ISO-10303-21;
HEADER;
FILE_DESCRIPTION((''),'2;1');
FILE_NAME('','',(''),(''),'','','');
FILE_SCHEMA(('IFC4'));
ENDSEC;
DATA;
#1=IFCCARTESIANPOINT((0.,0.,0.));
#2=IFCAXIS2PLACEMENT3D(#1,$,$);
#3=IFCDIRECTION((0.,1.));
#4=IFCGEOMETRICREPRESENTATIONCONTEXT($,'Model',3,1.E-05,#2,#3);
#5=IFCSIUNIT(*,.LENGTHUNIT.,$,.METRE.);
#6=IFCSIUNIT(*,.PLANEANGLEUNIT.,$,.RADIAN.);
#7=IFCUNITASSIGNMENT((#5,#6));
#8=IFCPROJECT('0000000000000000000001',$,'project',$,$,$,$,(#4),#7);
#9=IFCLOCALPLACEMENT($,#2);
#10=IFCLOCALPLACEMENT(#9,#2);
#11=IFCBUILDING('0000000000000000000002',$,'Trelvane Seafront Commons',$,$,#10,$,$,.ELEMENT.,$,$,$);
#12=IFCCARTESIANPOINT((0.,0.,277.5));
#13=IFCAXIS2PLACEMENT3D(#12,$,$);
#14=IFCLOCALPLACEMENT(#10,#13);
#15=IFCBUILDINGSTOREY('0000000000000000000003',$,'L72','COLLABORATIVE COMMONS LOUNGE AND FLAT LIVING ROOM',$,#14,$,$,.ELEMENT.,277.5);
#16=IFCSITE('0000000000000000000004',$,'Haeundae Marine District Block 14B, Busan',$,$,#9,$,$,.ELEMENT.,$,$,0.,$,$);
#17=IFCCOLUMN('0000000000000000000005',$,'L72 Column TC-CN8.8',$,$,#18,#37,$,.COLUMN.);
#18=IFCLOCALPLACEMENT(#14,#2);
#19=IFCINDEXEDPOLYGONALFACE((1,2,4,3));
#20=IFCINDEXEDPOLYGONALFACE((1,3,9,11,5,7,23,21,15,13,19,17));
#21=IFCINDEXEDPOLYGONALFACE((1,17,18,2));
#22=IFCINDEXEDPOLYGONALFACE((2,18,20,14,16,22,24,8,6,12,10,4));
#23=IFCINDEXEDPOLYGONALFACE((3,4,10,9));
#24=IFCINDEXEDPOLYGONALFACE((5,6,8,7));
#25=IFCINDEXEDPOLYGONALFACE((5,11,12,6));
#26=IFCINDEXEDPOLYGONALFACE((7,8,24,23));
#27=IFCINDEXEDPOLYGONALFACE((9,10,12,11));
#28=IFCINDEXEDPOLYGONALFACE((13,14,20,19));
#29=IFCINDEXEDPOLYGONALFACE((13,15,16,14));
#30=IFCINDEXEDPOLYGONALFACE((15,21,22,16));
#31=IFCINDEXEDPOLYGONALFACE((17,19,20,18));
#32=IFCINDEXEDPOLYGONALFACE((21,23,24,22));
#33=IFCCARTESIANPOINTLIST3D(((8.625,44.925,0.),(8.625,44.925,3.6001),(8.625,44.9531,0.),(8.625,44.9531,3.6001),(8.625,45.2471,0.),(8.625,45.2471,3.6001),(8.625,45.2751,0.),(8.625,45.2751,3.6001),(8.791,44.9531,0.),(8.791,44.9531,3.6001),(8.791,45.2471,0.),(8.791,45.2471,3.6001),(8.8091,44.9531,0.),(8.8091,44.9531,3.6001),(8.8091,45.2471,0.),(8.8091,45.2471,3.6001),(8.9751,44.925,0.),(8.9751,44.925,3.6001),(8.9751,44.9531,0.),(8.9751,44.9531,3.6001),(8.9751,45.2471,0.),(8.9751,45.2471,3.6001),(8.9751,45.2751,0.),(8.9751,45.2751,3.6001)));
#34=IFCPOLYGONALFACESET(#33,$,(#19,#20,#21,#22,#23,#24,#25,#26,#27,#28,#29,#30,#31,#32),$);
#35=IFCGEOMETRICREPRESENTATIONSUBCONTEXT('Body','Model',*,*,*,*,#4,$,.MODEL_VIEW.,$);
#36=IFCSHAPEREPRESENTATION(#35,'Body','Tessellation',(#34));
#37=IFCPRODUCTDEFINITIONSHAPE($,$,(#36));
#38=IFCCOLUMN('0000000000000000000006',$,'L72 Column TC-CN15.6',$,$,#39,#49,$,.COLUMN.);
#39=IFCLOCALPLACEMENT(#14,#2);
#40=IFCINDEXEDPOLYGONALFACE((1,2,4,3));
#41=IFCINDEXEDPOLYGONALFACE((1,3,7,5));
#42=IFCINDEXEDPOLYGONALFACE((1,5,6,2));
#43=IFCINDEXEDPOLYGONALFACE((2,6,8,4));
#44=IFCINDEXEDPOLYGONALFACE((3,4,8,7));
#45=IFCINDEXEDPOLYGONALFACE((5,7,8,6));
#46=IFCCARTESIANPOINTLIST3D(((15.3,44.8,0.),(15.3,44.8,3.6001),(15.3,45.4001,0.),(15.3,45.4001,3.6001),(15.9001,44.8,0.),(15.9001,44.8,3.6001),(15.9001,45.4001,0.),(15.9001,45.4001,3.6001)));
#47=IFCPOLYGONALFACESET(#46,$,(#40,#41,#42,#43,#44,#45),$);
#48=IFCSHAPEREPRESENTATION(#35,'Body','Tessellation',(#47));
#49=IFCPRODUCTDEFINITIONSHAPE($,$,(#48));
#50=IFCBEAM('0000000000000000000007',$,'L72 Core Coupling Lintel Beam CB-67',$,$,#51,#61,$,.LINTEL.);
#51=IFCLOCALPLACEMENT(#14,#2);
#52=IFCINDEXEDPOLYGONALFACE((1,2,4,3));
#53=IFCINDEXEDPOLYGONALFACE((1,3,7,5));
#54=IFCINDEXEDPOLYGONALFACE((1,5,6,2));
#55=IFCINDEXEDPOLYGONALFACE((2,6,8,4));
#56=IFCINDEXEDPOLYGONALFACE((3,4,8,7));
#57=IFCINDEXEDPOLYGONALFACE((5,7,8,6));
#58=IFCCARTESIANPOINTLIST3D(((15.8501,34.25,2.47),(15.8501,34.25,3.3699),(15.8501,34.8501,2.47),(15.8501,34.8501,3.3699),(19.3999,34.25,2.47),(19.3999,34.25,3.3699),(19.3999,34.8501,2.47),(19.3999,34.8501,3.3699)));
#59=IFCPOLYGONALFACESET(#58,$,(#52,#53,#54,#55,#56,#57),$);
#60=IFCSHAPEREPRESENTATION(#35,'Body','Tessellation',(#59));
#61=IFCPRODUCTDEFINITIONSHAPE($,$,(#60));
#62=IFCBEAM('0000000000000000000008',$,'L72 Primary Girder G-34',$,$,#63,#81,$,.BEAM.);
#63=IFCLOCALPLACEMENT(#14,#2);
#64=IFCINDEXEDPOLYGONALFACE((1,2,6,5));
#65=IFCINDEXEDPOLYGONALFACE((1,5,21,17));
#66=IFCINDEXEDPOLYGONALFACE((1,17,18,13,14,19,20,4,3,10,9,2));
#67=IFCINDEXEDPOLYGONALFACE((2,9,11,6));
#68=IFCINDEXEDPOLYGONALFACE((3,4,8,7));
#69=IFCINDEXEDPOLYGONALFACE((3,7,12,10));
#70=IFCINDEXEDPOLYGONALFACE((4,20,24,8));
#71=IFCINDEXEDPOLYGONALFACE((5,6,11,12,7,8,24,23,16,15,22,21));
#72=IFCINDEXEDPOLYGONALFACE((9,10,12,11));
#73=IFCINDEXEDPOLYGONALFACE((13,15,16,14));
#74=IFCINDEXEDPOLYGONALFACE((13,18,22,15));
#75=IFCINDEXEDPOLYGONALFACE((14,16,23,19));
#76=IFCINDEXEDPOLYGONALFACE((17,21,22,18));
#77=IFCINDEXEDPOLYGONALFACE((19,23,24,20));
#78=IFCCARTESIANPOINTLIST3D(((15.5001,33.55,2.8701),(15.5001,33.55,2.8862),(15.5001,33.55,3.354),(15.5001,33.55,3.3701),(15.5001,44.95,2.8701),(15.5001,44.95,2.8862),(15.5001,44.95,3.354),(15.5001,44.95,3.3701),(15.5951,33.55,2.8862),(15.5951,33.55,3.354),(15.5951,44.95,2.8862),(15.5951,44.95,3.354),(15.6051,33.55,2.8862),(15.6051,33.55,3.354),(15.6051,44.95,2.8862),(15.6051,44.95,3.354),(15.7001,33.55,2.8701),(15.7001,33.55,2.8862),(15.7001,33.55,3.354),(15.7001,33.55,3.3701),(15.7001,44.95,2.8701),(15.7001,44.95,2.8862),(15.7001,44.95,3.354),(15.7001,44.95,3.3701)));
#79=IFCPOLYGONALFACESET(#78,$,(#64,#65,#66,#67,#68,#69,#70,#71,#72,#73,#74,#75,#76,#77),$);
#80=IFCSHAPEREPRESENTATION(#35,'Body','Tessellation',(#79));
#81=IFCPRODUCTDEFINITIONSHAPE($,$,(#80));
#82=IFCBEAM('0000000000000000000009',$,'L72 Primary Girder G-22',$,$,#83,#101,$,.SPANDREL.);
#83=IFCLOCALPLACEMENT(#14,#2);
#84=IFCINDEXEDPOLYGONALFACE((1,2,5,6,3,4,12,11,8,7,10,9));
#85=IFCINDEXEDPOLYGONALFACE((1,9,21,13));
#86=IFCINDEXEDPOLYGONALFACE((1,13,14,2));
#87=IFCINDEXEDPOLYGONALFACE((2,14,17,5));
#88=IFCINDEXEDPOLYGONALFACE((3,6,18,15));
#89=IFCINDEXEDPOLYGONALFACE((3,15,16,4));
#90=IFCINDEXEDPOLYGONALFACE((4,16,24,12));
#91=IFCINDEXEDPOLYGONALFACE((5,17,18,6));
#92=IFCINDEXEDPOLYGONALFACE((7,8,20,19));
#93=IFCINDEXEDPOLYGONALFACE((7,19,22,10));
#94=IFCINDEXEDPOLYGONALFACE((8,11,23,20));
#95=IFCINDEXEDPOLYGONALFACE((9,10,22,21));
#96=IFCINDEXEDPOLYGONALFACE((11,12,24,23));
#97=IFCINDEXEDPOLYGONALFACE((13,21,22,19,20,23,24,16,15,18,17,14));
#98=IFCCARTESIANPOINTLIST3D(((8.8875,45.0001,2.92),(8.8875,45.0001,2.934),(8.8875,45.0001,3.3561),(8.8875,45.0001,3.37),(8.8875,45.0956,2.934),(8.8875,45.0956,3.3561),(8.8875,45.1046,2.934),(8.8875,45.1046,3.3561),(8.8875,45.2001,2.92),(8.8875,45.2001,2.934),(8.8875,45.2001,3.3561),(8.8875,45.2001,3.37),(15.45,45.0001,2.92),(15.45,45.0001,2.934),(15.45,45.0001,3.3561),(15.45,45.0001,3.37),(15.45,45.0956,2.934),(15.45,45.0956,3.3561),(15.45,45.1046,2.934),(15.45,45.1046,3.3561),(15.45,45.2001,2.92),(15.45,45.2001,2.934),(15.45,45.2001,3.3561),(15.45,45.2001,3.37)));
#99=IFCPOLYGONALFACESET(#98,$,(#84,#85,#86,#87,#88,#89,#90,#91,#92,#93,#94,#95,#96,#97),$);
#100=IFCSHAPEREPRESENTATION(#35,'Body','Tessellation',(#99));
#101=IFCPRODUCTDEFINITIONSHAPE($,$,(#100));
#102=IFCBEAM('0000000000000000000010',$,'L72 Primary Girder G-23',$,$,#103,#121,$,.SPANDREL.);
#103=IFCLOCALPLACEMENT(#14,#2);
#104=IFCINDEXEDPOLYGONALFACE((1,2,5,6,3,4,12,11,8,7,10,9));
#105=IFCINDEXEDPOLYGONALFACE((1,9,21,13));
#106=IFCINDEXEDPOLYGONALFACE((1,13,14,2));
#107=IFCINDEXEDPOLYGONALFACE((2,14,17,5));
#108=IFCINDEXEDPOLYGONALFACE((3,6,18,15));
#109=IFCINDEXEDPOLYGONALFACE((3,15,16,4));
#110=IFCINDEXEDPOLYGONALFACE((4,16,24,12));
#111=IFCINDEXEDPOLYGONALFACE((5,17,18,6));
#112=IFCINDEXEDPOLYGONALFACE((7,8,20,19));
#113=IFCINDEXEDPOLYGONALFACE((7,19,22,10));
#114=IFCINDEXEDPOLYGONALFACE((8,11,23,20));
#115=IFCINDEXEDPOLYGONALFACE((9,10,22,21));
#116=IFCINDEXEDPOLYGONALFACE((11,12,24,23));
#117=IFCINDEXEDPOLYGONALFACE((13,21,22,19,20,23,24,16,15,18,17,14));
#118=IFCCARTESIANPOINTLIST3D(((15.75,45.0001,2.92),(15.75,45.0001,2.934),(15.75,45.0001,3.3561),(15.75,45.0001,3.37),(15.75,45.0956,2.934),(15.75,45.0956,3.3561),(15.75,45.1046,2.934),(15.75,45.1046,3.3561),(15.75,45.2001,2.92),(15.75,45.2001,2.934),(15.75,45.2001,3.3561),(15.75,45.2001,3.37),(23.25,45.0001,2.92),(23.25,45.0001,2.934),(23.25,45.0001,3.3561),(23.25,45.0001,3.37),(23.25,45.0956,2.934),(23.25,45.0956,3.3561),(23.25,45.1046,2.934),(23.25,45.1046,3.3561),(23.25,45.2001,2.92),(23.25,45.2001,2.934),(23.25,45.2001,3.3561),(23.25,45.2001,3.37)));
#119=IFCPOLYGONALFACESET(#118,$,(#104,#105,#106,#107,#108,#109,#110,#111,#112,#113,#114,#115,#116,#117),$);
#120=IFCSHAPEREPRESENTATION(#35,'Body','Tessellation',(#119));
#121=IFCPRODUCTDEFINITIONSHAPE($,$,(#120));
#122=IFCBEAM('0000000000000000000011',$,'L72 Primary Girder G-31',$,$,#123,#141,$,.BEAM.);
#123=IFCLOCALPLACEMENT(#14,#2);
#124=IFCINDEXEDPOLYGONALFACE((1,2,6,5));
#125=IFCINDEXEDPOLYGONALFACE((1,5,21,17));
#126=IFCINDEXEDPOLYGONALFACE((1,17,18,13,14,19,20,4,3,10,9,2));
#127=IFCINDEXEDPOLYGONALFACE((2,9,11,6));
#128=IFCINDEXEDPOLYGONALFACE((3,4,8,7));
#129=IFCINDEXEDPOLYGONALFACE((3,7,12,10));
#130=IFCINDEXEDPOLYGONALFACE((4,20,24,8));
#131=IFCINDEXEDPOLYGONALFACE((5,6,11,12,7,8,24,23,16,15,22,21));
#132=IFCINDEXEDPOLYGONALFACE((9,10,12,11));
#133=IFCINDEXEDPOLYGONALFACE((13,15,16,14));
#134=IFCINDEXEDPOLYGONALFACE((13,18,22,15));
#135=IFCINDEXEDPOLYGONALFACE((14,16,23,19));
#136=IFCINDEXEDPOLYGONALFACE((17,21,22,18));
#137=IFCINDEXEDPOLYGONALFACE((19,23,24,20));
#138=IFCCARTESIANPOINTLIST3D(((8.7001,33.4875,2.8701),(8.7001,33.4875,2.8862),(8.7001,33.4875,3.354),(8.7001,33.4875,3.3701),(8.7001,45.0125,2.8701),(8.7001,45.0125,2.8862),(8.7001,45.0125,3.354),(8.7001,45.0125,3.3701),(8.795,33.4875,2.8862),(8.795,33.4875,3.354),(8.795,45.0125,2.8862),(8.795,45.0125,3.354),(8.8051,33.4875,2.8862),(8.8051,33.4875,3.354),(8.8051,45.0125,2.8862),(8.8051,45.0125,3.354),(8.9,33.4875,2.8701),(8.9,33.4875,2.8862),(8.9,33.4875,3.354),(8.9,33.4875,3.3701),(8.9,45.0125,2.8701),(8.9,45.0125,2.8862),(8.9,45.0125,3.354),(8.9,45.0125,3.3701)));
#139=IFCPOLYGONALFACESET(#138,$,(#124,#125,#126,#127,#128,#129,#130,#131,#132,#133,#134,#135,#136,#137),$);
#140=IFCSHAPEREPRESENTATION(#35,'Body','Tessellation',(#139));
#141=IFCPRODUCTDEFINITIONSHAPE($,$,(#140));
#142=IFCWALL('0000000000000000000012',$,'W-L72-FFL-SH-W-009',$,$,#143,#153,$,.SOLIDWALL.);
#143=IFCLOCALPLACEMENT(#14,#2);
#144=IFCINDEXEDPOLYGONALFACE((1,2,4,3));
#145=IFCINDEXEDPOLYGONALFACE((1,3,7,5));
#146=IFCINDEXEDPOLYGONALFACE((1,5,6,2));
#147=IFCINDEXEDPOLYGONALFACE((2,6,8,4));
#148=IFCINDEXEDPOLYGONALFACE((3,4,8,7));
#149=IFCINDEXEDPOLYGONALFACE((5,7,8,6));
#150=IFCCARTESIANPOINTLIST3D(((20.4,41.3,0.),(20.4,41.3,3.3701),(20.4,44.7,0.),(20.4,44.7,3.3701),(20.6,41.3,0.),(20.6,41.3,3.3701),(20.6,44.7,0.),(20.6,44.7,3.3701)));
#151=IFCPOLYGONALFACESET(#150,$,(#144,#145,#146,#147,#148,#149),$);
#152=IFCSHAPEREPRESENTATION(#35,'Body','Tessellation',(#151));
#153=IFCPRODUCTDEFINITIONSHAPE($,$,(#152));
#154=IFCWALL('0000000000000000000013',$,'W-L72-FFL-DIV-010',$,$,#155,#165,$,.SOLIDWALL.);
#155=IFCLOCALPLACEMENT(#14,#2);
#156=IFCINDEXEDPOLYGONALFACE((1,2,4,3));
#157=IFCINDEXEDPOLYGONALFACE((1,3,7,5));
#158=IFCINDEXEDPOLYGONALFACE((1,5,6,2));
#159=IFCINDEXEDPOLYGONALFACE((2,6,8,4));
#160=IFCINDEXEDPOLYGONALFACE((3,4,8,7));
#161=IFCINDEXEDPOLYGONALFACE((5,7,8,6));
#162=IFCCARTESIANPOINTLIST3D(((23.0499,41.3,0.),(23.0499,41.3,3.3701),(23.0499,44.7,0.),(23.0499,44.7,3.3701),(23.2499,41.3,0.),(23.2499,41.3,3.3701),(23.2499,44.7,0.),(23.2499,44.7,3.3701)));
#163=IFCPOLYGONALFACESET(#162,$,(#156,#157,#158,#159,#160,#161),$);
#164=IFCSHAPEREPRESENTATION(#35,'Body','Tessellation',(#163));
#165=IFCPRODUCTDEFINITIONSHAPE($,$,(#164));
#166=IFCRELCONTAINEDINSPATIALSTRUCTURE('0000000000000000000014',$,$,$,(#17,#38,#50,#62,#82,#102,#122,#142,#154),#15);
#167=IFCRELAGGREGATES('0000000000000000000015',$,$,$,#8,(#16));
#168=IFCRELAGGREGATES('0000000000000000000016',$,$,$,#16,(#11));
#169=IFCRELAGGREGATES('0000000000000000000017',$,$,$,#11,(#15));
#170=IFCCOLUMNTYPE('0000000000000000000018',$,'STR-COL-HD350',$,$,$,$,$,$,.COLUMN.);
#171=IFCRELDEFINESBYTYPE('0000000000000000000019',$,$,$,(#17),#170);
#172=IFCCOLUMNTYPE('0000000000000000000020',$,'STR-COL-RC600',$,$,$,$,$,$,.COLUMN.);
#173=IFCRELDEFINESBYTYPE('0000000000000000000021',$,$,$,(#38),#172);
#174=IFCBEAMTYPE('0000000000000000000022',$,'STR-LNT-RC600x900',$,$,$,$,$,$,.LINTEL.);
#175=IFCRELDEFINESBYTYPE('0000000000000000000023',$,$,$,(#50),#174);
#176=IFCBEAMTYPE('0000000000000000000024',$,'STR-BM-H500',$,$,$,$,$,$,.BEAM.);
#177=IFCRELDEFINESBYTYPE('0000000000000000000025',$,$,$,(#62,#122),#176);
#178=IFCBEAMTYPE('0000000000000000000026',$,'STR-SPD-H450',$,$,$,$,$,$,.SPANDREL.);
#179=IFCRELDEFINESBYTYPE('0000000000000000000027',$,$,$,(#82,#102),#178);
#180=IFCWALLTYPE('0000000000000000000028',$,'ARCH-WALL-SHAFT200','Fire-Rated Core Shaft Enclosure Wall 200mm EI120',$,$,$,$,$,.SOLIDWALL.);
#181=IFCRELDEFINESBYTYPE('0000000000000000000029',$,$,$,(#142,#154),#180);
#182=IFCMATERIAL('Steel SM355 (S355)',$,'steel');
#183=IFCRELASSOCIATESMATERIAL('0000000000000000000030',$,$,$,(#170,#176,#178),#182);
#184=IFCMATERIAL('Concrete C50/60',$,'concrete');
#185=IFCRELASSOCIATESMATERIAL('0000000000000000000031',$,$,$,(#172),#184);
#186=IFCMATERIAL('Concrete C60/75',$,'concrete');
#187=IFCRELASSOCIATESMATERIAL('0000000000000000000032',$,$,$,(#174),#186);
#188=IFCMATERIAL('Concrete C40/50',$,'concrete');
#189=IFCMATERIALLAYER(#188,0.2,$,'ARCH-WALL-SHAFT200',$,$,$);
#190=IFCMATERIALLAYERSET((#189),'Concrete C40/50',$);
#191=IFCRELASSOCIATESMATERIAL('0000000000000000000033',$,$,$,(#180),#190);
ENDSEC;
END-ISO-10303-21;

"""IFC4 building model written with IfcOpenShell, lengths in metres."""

from ifc_helpers import new_model, si_unit, direction, frame, frame_2d, origin, origin_2d, place, context, subcontext, project, spatial, rectangle, i_section, extrude, source, transform, mapped, material, layer, layer_set, material_profile, profile_set, type_object, element, save


model = new_model("IFC4")

# Units and contexts
model_context = context("Model", 3, precision=1e-05, world=origin(), true_north=direction((0.0, 1.0)))
body_context = subcontext(model_context, "Body", "Model", "MODEL_VIEW")
ifc_project = project(units=[si_unit("LENGTHUNIT", "METRE"), si_unit("PLANEANGLEUNIT", "RADIAN")], contexts=[model_context])

# Site, building, storey
site_placement = place(None, origin())
site = spatial("IfcSite", under=ifc_project, at=site_placement, Name="Haeundae Marine District Block 14B, Busan", CompositionType="ELEMENT", RefElevation=0.0)
building_placement = place(site_placement, origin())
building = spatial("IfcBuilding", under=site, at=building_placement, Name="Trelvane Seafront Commons", CompositionType="ELEMENT")
storey_placement = place(building_placement, frame((0.0, 0.0, 277.5)))
storey = spatial("IfcBuildingStorey", under=building, at=storey_placement, Name="L72", Description="COLLABORATIVE COMMONS LOUNGE AND FLAT LIVING ROOM", CompositionType="ELEMENT", Elevation=277.5)

# Columns
ifc_material_1 = material(Name="Steel SM355 (S355)", Category="steel")
ifc_material_profile_1 = material_profile(ifc_material_1, i_section(OverallWidth=0.3501, OverallDepth=0.3501, WebThickness=0.0181, FlangeThickness=0.0281, at=origin_2d()), Name="HD-350x350x18x28")
ifc_profile_set_1 = profile_set([ifc_material_profile_1], Name="Steel SM355 (S355)")
column_type_1 = type_object("IfcColumnType", Name="STR-COL-HD350", PredefinedType="COLUMN", material=ifc_profile_set_1)
shared_shape_1 = source(origin(), body_context, "Body", "SweptSolid", [
    extrude(i_section(OverallWidth=0.3501, OverallDepth=0.3501, WebThickness=0.0181, FlangeThickness=0.0281, at=origin_2d()), origin(), (0.0, 0.0, 1.0), 3.6001),
])
column_1_placement = place(storey_placement, frame((8.8, 45.1001, 0.0), z_axis=(0.0, 0.0, 1.0), x_axis=(1.0, 0.0, 0.0)))
element("IfcColumn", 1, at=column_1_placement, inside=storey, type_object=column_type_1, Name="L72 Column TC-CN8.8", PredefinedType="COLUMN", context=body_context, shape_type="MappedRepresentation", body=[
    mapped(shared_shape_1, transform((0.0, 0.0, 0.0), x_axis=(1.0, 0.0, 0.0), y_axis=(0.0, 1.0, 0.0), z_axis=(0.0, 0.0, 1.0), scale=1.0)),
])
ifc_material_2 = material(Name="Concrete C50/60", Category="concrete")
ifc_material_profile_2 = material_profile(ifc_material_2, rectangle(XDim=0.6001, YDim=0.6001, at=origin_2d()), Name="RC-600x600")
ifc_profile_set_2 = profile_set([ifc_material_profile_2], Name="Concrete C50/60")
column_type_2 = type_object("IfcColumnType", Name="STR-COL-RC600", PredefinedType="COLUMN", material=ifc_profile_set_2)
shared_shape_2 = source(origin(), body_context, "Body", "SweptSolid", [
    extrude(rectangle(XDim=0.6001, YDim=0.6001, at=origin_2d()), origin(), (0.0, 0.0, 1.0), 3.6001),
])
column_2_placement = place(storey_placement, frame((15.6001, 45.1001, 0.0), z_axis=(0.0, 0.0, 1.0), x_axis=(1.0, 0.0, 0.0)))
element("IfcColumn", 2, at=column_2_placement, inside=storey, type_object=column_type_2, Name="L72 Column TC-CN15.6", PredefinedType="COLUMN", context=body_context, shape_type="MappedRepresentation", body=[
    mapped(shared_shape_2, transform((0.0, 0.0, 0.0), x_axis=(1.0, 0.0, 0.0), y_axis=(0.0, 1.0, 0.0), z_axis=(0.0, 0.0, 1.0), scale=1.0)),
])

# Beams
ifc_material_3 = material(Name="Concrete C60/75", Category="concrete")
ifc_material_profile_3 = material_profile(ifc_material_3, rectangle(XDim=0.6001, YDim=0.8999, at=origin_2d()), Name="RC-600x900")
ifc_profile_set_3 = profile_set([ifc_material_profile_3], Name="Concrete C60/75")
beam_type_1 = type_object("IfcBeamType", Name="STR-LNT-RC600x900", PredefinedType="LINTEL", material=ifc_profile_set_3)
shared_shape_3 = source(origin(), body_context, "Body", "SweptSolid", [
    extrude(rectangle(XDim=0.6001, YDim=0.8999, at=origin_2d()), origin(), (0.0, 0.0, 1.0), 3.5498),
])
beam_1_placement = place(storey_placement, frame((15.8501, 34.55, 2.9199), z_axis=(1.0, 0.0, 0.0), x_axis=(0.0, 1.0, 0.0)))
element("IfcBeam", 3, at=beam_1_placement, inside=storey, type_object=beam_type_1, Name="L72 Core Coupling Lintel Beam CB-67", PredefinedType="LINTEL", context=body_context, shape_type="MappedRepresentation", body=[
    mapped(shared_shape_3, transform((0.0, 0.0, 0.0), x_axis=(1.0, 0.0, 0.0), y_axis=(0.0, 1.0, 0.0), z_axis=(0.0, 0.0, 1.0), scale=1.0)),
])
ifc_material_profile_4 = material_profile(ifc_material_1, i_section(OverallWidth=0.2, OverallDepth=0.5, WebThickness=0.01, FlangeThickness=0.0161, at=origin_2d()), Name="H-500x200x10x16")
ifc_profile_set_4 = profile_set([ifc_material_profile_4], Name="Steel SM355 (S355)")
beam_type_2 = type_object("IfcBeamType", Name="STR-BM-H500", PredefinedType="BEAM", material=ifc_profile_set_4)
shared_shape_4 = source(origin(), body_context, "Body", "SweptSolid", [
    extrude(i_section(OverallWidth=0.2, OverallDepth=0.5, WebThickness=0.01, FlangeThickness=0.0161, at=origin_2d()), origin(), (0.0, 0.0, 1.0), 11.3999),
])
beam_2_placement = place(storey_placement, frame((15.6001, 33.55, 3.1201), z_axis=(0.0, 1.0, 0.0), x_axis=(-1.0, 0.0, 0.0)))
element("IfcBeam", 4, at=beam_2_placement, inside=storey, type_object=beam_type_2, Name="L72 Primary Girder G-34", PredefinedType="BEAM", context=body_context, shape_type="MappedRepresentation", body=[
    mapped(shared_shape_4, transform((0.0, 0.0, 0.0), x_axis=(1.0, 0.0, 0.0), y_axis=(0.0, 1.0, 0.0), z_axis=(0.0, 0.0, 1.0), scale=1.0)),
])
ifc_material_profile_5 = material_profile(ifc_material_1, i_section(OverallWidth=0.2, OverallDepth=0.45, WebThickness=0.009, FlangeThickness=0.0139, at=origin_2d()), Name="H-450x200x9x14")
ifc_profile_set_5 = profile_set([ifc_material_profile_5], Name="Steel SM355 (S355)")
beam_type_3 = type_object("IfcBeamType", Name="STR-SPD-H450", PredefinedType="SPANDREL", material=ifc_profile_set_5)
shared_shape_5 = source(origin(), body_context, "Body", "SweptSolid", [
    extrude(i_section(OverallWidth=0.2, OverallDepth=0.45, WebThickness=0.009, FlangeThickness=0.0139, at=origin_2d()), origin(), (0.0, 0.0, 1.0), 6.5625),
])
beam_3_placement = place(storey_placement, frame((8.8875, 45.1001, 3.145), z_axis=(1.0, 0.0, 0.0), x_axis=(0.0, 1.0, 0.0)))
element("IfcBeam", 5, at=beam_3_placement, inside=storey, type_object=beam_type_3, Name="L72 Primary Girder G-22", PredefinedType="SPANDREL", context=body_context, shape_type="MappedRepresentation", body=[
    mapped(shared_shape_5, transform((0.0, 0.0, 0.0), x_axis=(1.0, 0.0, 0.0), y_axis=(0.0, 1.0, 0.0), z_axis=(0.0, 0.0, 1.0), scale=1.0)),
])
shared_shape_6 = source(origin(), body_context, "Body", "SweptSolid", [
    extrude(i_section(OverallWidth=0.2, OverallDepth=0.45, WebThickness=0.009, FlangeThickness=0.0139, at=origin_2d()), origin(), (0.0, 0.0, 1.0), 7.5),
])
beam_4_placement = place(storey_placement, frame((15.75, 45.1001, 3.145), z_axis=(1.0, 0.0, 0.0), x_axis=(0.0, 1.0, 0.0)))
element("IfcBeam", 6, at=beam_4_placement, inside=storey, type_object=beam_type_3, Name="L72 Primary Girder G-23", PredefinedType="SPANDREL", context=body_context, shape_type="MappedRepresentation", body=[
    mapped(shared_shape_6, transform((0.0, 0.0, 0.0), x_axis=(1.0, 0.0, 0.0), y_axis=(0.0, 1.0, 0.0), z_axis=(0.0, 0.0, 1.0), scale=1.0)),
])
shared_shape_7 = source(origin(), body_context, "Body", "SweptSolid", [
    extrude(i_section(OverallWidth=0.2, OverallDepth=0.5, WebThickness=0.01, FlangeThickness=0.0161, at=origin_2d()), origin(), (0.0, 0.0, 1.0), 11.5249),
])
beam_5_placement = place(storey_placement, frame((8.8, 33.4875, 3.1201), z_axis=(0.0, 1.0, 0.0), x_axis=(-1.0, 0.0, 0.0)))
element("IfcBeam", 7, at=beam_5_placement, inside=storey, type_object=beam_type_2, Name="L72 Primary Girder G-31", PredefinedType="BEAM", context=body_context, shape_type="MappedRepresentation", body=[
    mapped(shared_shape_7, transform((0.0, 0.0, 0.0), x_axis=(1.0, 0.0, 0.0), y_axis=(0.0, 1.0, 0.0), z_axis=(0.0, 0.0, 1.0), scale=1.0)),
])

# Shared definitions
ifc_material_4 = material(Name="Concrete C40/50", Category="concrete")
ifc_layer_1 = layer(ifc_material_4, 0.2, Name="ARCH-WALL-SHAFT200")
ifc_layer_set_1 = layer_set([ifc_layer_1], Name="Concrete C40/50")
wall_type_1 = type_object("IfcWallType", Name="ARCH-WALL-SHAFT200", Description="Fire-Rated Core Shaft Enclosure Wall 200mm EI120", PredefinedType="SOLIDWALL", material=ifc_layer_set_1)

# Walls
for number, where, z_axis, x_axis, name in (
    (8, (20.5, 41.3, 0.0), (0.0, 0.0, 1.0), (0.0, 1.0, 0.0), "W-L72-FFL-SH-W-009"),
    (9, (23.1499, 41.3, 0.0), (0.0, 0.0, 1.0), (0.0, 1.0, 0.0), "W-L72-FFL-DIV-010"),
):
    element("IfcWall", number, at=place(storey_placement, frame(where, z_axis=z_axis, x_axis=x_axis)), inside=storey, type_object=wall_type_1, Name=name, PredefinedType="SOLIDWALL", context=body_context, shape_type="SweptSolid", body=[
        extrude(rectangle(XDim=3.3999, YDim=0.2, at=frame_2d((1.7, 0.0))), origin(), (0.0, 0.0, 1.0), 3.3701),
    ])

save(model, "model.ifc")
